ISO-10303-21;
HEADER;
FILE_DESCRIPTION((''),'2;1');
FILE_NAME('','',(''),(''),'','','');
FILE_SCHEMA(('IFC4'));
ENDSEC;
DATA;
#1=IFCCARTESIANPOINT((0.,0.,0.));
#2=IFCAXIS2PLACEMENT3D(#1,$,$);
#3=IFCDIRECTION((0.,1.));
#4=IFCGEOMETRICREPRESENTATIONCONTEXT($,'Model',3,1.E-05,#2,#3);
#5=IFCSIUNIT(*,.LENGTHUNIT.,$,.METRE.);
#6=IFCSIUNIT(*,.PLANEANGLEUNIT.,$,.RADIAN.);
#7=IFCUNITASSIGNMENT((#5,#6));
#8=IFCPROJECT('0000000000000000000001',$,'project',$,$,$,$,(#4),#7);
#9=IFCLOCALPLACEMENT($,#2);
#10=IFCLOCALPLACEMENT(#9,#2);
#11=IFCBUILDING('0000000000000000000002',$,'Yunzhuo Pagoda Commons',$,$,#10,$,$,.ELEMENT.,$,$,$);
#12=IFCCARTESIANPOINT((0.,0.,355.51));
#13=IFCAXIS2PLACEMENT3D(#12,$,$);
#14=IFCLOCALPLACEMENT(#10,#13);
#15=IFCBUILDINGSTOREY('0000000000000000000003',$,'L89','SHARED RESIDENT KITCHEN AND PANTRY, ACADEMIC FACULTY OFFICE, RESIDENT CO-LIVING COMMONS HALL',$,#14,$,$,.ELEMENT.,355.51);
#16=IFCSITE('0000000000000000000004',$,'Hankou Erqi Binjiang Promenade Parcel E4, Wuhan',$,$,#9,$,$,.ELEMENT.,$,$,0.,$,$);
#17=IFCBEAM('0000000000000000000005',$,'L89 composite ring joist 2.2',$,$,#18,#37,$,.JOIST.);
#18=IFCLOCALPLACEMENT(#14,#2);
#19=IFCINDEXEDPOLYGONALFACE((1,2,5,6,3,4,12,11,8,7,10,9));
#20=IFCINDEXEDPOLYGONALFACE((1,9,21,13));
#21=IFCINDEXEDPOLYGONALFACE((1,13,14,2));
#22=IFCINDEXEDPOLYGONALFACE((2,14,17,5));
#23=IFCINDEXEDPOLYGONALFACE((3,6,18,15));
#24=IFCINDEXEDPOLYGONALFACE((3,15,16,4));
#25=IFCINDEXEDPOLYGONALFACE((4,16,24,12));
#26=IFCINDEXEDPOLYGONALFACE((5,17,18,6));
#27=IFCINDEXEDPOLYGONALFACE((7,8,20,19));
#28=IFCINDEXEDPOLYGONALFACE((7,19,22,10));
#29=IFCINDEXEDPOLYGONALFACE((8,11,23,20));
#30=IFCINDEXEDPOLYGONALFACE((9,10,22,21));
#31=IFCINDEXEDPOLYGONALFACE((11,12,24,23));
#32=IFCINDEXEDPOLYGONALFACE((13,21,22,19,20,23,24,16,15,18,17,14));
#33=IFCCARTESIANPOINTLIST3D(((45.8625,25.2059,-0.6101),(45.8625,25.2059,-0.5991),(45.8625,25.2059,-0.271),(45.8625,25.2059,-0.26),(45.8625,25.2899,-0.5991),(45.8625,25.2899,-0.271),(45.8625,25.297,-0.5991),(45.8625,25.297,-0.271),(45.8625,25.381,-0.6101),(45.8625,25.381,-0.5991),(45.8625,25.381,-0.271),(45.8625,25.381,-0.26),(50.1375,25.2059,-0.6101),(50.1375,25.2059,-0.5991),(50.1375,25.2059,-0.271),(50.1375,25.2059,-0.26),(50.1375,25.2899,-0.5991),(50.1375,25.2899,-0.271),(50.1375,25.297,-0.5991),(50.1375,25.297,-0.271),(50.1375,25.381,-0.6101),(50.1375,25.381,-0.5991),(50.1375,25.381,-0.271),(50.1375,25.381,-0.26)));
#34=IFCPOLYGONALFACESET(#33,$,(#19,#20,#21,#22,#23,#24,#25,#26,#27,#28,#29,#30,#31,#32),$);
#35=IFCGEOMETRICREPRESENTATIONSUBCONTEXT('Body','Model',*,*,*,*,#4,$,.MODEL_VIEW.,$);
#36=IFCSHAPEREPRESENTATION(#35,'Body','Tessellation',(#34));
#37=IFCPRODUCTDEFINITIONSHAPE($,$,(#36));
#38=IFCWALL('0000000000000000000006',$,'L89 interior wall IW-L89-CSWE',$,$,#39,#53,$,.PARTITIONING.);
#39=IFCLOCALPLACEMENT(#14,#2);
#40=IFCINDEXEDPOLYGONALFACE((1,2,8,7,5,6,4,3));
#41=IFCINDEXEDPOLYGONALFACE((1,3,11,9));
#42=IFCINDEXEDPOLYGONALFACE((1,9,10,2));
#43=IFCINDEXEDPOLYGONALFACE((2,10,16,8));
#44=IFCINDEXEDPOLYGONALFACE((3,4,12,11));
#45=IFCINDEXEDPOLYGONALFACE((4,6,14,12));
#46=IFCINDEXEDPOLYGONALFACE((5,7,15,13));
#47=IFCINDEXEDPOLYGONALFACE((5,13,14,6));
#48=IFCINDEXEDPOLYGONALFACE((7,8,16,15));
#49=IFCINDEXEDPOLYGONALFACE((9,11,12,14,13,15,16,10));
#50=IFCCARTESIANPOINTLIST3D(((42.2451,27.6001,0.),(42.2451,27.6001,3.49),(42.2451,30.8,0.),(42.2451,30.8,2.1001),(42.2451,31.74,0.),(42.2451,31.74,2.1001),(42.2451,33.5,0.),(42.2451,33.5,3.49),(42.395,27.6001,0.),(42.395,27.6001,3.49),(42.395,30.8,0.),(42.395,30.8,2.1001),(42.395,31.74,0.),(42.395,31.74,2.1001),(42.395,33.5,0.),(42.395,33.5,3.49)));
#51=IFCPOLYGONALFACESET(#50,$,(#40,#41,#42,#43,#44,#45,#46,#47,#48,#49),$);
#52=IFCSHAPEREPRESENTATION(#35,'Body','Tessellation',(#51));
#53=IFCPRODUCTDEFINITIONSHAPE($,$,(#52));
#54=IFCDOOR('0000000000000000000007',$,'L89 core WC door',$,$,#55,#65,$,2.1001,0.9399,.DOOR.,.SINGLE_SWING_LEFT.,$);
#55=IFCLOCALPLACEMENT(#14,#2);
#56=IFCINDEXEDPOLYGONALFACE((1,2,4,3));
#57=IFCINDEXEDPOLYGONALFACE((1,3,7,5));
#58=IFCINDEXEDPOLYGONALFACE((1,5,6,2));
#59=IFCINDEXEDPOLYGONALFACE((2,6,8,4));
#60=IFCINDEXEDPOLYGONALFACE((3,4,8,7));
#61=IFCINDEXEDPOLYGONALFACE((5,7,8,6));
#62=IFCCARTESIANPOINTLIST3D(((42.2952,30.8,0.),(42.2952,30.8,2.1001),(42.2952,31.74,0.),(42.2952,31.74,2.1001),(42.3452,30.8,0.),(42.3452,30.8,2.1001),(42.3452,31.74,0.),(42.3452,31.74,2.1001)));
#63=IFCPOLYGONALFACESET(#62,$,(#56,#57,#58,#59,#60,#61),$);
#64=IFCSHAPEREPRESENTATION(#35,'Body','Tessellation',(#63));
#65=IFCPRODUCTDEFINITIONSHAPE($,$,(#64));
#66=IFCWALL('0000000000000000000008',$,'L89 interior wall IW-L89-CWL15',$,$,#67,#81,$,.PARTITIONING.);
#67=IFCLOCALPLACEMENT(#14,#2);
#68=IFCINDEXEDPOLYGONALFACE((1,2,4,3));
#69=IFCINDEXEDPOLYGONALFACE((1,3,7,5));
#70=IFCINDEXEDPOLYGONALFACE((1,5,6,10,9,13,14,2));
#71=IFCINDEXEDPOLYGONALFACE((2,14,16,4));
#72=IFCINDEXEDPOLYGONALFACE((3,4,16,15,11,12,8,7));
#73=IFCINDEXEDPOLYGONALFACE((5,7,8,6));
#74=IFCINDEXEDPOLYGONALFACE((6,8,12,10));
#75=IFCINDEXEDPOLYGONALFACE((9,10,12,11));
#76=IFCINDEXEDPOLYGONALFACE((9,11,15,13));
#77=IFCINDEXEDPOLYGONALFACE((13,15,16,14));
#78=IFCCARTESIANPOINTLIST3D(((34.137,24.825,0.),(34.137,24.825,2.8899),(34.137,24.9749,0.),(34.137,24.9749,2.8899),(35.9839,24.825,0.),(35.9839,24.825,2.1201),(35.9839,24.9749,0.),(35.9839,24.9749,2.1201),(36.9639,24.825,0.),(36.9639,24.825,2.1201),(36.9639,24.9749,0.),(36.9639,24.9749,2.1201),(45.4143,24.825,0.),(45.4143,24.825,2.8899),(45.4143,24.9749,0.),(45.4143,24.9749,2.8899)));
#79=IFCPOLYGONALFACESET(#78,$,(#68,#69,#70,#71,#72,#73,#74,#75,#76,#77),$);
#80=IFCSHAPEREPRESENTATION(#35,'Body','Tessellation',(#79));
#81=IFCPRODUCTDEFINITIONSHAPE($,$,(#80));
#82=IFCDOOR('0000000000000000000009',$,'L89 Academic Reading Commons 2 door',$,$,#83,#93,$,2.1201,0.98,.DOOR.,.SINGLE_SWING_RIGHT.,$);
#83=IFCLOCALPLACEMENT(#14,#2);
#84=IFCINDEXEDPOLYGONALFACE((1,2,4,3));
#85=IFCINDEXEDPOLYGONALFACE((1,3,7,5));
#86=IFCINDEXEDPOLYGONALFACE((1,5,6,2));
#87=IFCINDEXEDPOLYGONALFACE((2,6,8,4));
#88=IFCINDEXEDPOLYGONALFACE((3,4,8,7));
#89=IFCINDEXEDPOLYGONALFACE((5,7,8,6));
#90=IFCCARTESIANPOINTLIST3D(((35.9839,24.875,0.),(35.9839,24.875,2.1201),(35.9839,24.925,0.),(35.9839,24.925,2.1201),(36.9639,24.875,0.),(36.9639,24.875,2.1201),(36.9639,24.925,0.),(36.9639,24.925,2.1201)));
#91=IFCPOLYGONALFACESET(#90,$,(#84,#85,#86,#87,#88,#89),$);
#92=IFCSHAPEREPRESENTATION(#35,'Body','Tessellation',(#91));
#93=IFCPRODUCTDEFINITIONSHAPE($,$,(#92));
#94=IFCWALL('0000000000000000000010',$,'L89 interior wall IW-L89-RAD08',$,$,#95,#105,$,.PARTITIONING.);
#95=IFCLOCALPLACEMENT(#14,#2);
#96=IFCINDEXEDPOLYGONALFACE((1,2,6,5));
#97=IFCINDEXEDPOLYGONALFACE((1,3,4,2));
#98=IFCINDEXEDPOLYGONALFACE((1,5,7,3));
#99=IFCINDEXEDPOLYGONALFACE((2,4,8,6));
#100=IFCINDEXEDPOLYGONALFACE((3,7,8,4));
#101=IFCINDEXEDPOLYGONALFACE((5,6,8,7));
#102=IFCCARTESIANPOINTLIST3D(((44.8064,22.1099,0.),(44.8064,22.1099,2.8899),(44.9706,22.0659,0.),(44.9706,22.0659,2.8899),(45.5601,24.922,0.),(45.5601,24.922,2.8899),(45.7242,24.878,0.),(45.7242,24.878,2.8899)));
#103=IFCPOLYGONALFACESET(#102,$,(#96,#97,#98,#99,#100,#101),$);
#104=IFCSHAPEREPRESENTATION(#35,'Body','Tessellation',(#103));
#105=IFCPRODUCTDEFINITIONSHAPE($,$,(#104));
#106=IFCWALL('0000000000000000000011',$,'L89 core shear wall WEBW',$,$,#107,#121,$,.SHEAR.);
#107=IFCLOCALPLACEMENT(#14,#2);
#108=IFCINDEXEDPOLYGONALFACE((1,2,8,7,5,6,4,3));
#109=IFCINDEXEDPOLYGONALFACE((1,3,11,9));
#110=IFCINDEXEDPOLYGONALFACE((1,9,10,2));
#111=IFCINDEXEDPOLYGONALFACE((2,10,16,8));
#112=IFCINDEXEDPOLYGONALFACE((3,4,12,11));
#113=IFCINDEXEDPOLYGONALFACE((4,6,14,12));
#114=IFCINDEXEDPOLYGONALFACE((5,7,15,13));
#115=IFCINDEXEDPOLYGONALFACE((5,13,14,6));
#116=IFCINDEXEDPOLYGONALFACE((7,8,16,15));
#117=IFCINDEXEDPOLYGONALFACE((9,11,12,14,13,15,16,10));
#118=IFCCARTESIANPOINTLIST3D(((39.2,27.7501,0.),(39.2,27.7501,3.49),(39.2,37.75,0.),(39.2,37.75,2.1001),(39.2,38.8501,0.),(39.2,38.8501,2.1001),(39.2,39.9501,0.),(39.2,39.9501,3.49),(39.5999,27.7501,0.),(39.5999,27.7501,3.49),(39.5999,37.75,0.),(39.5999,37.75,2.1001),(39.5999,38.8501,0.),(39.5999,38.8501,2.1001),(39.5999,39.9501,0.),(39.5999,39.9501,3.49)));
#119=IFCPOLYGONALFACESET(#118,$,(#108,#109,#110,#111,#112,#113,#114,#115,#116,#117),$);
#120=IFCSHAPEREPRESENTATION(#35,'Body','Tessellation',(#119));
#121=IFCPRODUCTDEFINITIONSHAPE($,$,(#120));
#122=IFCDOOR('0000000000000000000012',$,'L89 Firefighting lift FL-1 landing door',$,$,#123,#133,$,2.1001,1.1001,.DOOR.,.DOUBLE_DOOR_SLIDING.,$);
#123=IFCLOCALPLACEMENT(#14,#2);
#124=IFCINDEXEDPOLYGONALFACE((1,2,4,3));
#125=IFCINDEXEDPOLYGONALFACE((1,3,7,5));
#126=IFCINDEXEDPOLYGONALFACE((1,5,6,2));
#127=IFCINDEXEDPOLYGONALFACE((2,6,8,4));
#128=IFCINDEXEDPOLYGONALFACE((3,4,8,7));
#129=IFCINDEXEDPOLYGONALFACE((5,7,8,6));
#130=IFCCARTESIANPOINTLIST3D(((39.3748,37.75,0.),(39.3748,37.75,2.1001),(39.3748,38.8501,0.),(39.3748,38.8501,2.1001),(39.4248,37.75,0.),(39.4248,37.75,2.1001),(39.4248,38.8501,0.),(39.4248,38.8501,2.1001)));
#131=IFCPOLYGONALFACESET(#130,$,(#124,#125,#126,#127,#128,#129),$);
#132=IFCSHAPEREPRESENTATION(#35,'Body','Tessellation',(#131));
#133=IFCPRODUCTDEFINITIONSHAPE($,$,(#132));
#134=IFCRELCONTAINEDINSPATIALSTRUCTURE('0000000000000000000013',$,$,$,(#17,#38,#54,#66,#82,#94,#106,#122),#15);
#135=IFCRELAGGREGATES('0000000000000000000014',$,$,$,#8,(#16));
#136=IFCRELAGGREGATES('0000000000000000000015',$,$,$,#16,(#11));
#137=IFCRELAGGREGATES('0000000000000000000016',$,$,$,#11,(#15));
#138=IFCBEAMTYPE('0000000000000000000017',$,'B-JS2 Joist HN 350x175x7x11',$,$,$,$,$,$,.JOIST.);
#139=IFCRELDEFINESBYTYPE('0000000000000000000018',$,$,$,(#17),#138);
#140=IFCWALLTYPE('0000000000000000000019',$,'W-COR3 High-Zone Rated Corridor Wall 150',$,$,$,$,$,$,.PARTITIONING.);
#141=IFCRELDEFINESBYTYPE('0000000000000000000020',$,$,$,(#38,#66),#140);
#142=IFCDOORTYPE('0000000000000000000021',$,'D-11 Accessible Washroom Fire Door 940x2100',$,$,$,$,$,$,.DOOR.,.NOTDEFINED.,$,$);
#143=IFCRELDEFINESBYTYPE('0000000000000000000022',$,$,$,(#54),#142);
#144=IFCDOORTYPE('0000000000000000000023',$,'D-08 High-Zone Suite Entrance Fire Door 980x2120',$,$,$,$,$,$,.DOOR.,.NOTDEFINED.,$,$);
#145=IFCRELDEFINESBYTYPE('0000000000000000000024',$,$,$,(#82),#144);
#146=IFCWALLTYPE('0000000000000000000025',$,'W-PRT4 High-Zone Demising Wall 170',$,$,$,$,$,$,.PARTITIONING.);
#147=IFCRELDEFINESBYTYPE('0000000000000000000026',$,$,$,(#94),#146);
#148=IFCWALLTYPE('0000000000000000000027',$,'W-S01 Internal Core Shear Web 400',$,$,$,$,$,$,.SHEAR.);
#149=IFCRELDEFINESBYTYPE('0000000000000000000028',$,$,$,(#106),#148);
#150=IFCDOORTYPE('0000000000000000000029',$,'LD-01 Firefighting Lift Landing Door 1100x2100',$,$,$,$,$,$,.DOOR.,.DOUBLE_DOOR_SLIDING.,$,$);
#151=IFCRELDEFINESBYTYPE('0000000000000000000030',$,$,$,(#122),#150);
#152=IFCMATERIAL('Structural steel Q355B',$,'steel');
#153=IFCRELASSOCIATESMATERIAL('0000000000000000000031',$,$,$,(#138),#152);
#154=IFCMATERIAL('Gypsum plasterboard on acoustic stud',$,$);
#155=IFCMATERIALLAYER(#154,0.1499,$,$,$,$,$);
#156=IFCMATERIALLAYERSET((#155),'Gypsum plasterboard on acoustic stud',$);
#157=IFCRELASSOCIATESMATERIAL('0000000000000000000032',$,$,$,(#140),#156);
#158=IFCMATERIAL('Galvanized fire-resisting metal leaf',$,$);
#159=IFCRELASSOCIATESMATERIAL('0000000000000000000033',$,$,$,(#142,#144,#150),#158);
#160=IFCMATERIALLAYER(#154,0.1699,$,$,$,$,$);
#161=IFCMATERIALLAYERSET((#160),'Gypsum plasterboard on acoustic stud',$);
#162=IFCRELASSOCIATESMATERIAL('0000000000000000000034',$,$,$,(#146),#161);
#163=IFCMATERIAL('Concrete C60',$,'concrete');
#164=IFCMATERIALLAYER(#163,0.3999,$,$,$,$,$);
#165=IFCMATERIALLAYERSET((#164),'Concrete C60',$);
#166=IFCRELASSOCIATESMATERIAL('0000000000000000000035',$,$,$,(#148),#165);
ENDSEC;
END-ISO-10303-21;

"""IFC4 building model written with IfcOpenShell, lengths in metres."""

from ifc_helpers import new_model, si_unit, direction, frame, frame_2d, origin, origin_with_axes, origin_2d, place, context, subcontext, project, spatial, rectangle, i_section, extrude, source, transform, mapped, material, layer, layer_set, material_profile, profile_set, type_object, element, fill, save


model = new_model("IFC4")

# Units and contexts
model_context = context("Model", 3, precision=1e-05, world=origin(), true_north=direction((0.0, 1.0)))
body_context = subcontext(model_context, "Body", "Model", "MODEL_VIEW")
ifc_project = project(units=[si_unit("LENGTHUNIT", "METRE"), si_unit("PLANEANGLEUNIT", "RADIAN")], contexts=[model_context])

# Site, building, storey
site_placement = place(None, origin())
site = spatial("IfcSite", under=ifc_project, at=site_placement, Name="Hankou Erqi Binjiang Promenade Parcel E4, Wuhan", CompositionType="ELEMENT", RefElevation=0.0)
building_placement = place(site_placement, origin())
building = spatial("IfcBuilding", under=site, at=building_placement, Name="Yunzhuo Pagoda Commons", CompositionType="ELEMENT")
storey_placement = place(building_placement, frame((0.0, 0.0, 355.51)))
storey = spatial("IfcBuildingStorey", under=building, at=storey_placement, Name="L89", Description="SHARED RESIDENT KITCHEN AND PANTRY, ACADEMIC FACULTY OFFICE, RESIDENT CO-LIVING COMMONS HALL", CompositionType="ELEMENT", Elevation=355.51)

# Shared definitions
ifc_material_1 = material(Name="Structural steel Q355B", Category="steel")

# Beam
ifc_material_profile_1 = material_profile(ifc_material_1, i_section(OverallWidth=0.175, OverallDepth=0.3501, WebThickness=0.0071, FlangeThickness=0.011, at=origin_2d()), Name="Structural steel Q355B")
ifc_profile_set_1 = profile_set([ifc_material_profile_1], Name="Structural steel Q355B")
beam_type_1 = type_object("IfcBeamType", Name="B-JS2 Joist HN 350x175x7x11", PredefinedType="JOIST", material=ifc_profile_set_1)
shared_shape_1 = source(origin(), body_context, "Body", "SweptSolid", [
    extrude(i_section(OverallWidth=0.175, OverallDepth=0.3501, WebThickness=0.0071, FlangeThickness=0.011, at=origin_2d()), origin(), (0.0, 0.0, 1.0), 4.2749),
])
beam_1_placement = place(storey_placement, frame((45.8625, 25.2935, -0.4351), z_axis=(1.0, 0.0, 0.0), x_axis=(0.0, 1.0, 0.0)))
element("IfcBeam", 1, at=beam_1_placement, inside=storey, type_object=beam_type_1, Name="L89 composite ring joist 2.2", PredefinedType="JOIST", context=body_context, shape_type="MappedRepresentation", body=[
    mapped(shared_shape_1, transform((0.0, 0.0, 0.0), scale=1.0)),
])

# Walls, openings, doors
ifc_material_2 = material(Name="Gypsum plasterboard on acoustic stud")
ifc_layer_1 = layer(ifc_material_2, 0.1499)
ifc_layer_set_1 = layer_set([ifc_layer_1], Name="Gypsum plasterboard on acoustic stud")
wall_type_1 = type_object("IfcWallType", Name="W-COR3 High-Zone Rated Corridor Wall 150", PredefinedType="PARTITIONING", material=ifc_layer_set_1)
wall_1_placement = place(storey_placement, frame((42.3201, 27.6001, 0.0), z_axis=(0.0, 0.0, 1.0), x_axis=(0.0, 1.0, 0.0)))
wall_1 = element("IfcWall", 2, at=wall_1_placement, inside=storey, type_object=wall_type_1, Name="L89 interior wall IW-L89-CSWE", PredefinedType="PARTITIONING", context=body_context, shape_type="SweptSolid", body=[
    extrude(rectangle(XDim=5.8999, YDim=0.1499, at=frame_2d((2.95, 0.0))), origin(), (0.0, 0.0, 1.0), 3.49),
])
opening_1_placement = place(wall_1_placement, frame((3.2, 0.0, 0.0)))
opening_1 = element("IfcOpeningElement", 3, at=opening_1_placement, cuts=wall_1, PredefinedType="OPENING", context=body_context, shape_type="SweptSolid", body=[
    extrude(rectangle(XDim=0.9399, YDim=2.1001, at=frame_2d((0.47, 1.05))), frame((0.0, 0.085, 0.0), z_axis=(0.0, -1.0, 0.0), x_axis=(1.0, 0.0, 0.0)), (0.0, 0.0, 1.0), 0.1699),
])
ifc_material_3 = material(Name="Galvanized fire-resisting metal leaf")
door_type_1 = type_object("IfcDoorType", Name="D-11 Accessible Washroom Fire Door 940x2100", OperationType="NOTDEFINED", PredefinedType="DOOR", material=ifc_material_3)
shared_shape_2 = source(origin(), body_context, "Body", "SweptSolid", [
    extrude(rectangle(XDim=0.9399, YDim=2.1001, at=frame_2d((0.47, 1.05))), frame((0.0, 0.0249, 0.0), z_axis=(0.0, -1.0, 0.0), x_axis=(1.0, 0.0, 0.0)), (0.0, 0.0, 1.0), 0.05),
])
door_1_placement = place(opening_1_placement, origin_with_axes())
door_1 = element("IfcDoor", 4, at=door_1_placement, inside=storey, type_object=door_type_1, Name="L89 core WC door", OperationType="SINGLE_SWING_LEFT", OverallHeight=2.1001, OverallWidth=0.9399, PredefinedType="DOOR", context=body_context, shape_type="MappedRepresentation", body=[
    mapped(shared_shape_2, transform((0.0, 0.0, 0.0), scale=1.0)),
])
fill(opening_1, door_1)
wall_2_placement = place(storey_placement, frame((45.4143, 24.8999, 0.0), z_axis=(0.0, 0.0, 1.0), x_axis=(-1.0, 0.0, 0.0)))
wall_2 = element("IfcWall", 5, at=wall_2_placement, inside=storey, type_object=wall_type_1, Name="L89 interior wall IW-L89-CWL15", PredefinedType="PARTITIONING", context=body_context, shape_type="SweptSolid", body=[
    extrude(rectangle(XDim=11.2773, YDim=0.1499, at=frame_2d((5.6387, 0.0))), origin(), (0.0, 0.0, 1.0), 2.8899),
])
opening_2_placement = place(wall_2_placement, frame((8.4504, 0.0, 0.0)))
opening_2 = element("IfcOpeningElement", 6, at=opening_2_placement, cuts=wall_2, PredefinedType="OPENING", context=body_context, shape_type="SweptSolid", body=[
    extrude(rectangle(XDim=0.98, YDim=2.1201, at=frame_2d((0.49, 1.0601))), frame((0.0, 0.085, 0.0), z_axis=(0.0, -1.0, 0.0), x_axis=(1.0, 0.0, 0.0)), (0.0, 0.0, 1.0), 0.1699),
])
door_type_2 = type_object("IfcDoorType", Name="D-08 High-Zone Suite Entrance Fire Door 980x2120", OperationType="NOTDEFINED", PredefinedType="DOOR", material=ifc_material_3)
shared_shape_3 = source(origin(), body_context, "Body", "SweptSolid", [
    extrude(rectangle(XDim=0.98, YDim=2.1201, at=frame_2d((0.49, 1.0601))), frame((0.0, 0.0249, 0.0), z_axis=(0.0, -1.0, 0.0), x_axis=(1.0, 0.0, 0.0)), (0.0, 0.0, 1.0), 0.05),
])
door_2_placement = place(opening_2_placement, origin_with_axes())
door_2 = element("IfcDoor", 7, at=door_2_placement, inside=storey, type_object=door_type_2, Name="L89 Academic Reading Commons 2 door", OperationType="SINGLE_SWING_RIGHT", OverallHeight=2.1201, OverallWidth=0.98, PredefinedType="DOOR", context=body_context, shape_type="MappedRepresentation", body=[
    mapped(shared_shape_3, transform((0.0, 0.0, 0.0), scale=1.0)),
])
fill(opening_2, door_2)

# Wall
ifc_layer_2 = layer(ifc_material_2, 0.1699)
ifc_layer_set_2 = layer_set([ifc_layer_2], Name="Gypsum plasterboard on acoustic stud")
wall_type_2 = type_object("IfcWallType", Name="W-PRT4 High-Zone Demising Wall 170", PredefinedType="PARTITIONING", material=ifc_layer_set_2)
wall_3_placement = place(storey_placement, frame((45.6421, 24.8999, 0.0), z_axis=(0.0, 0.0, 1.0), x_axis=(-0.258858, -0.965915, 0.0)))
element("IfcWall", 8, at=wall_3_placement, inside=storey, type_object=wall_type_2, Name="L89 interior wall IW-L89-RAD08", PredefinedType="PARTITIONING", context=body_context, shape_type="SweptSolid", body=[
    extrude(rectangle(XDim=2.9114, YDim=0.1699, at=frame_2d((1.4556, 0.0))), origin(), (0.0, 0.0, 1.0), 2.8899),
])

# Wall, opening, door
ifc_material_4 = material(Name="Concrete C60", Category="concrete")
ifc_layer_3 = layer(ifc_material_4, 0.3999)
ifc_layer_set_3 = layer_set([ifc_layer_3], Name="Concrete C60")
wall_type_3 = type_object("IfcWallType", Name="W-S01 Internal Core Shear Web 400", PredefinedType="SHEAR", material=ifc_layer_set_3)
wall_4_placement = place(storey_placement, frame((39.3999, 27.75, 0.0), z_axis=(0.0, 0.0, 1.0), x_axis=(0.0, 1.0, 0.0)))
wall_4 = element("IfcWall", 9, at=wall_4_placement, inside=storey, type_object=wall_type_3, Name="L89 core shear wall WEBW", PredefinedType="SHEAR", context=body_context, shape_type="SweptSolid", body=[
    extrude(rectangle(XDim=12.2, YDim=0.3999, at=frame_2d((6.1001, 0.0))), origin(), (0.0, 0.0, 1.0), 3.49),
])
opening_3_placement = place(wall_4_placement, frame((10.0, 0.0, 0.0)))
opening_3 = element("IfcOpeningElement", 10, at=opening_3_placement, cuts=wall_4, PredefinedType="OPENING", context=body_context, shape_type="SweptSolid", body=[
    extrude(rectangle(XDim=1.1001, YDim=2.1001, at=frame_2d((0.55, 1.05))), frame((0.0, 0.21, 0.0), z_axis=(0.0, -1.0, 0.0), x_axis=(1.0, 0.0, 0.0)), (0.0, 0.0, 1.0), 0.4199),
])
door_type_3 = type_object("IfcDoorType", Name="LD-01 Firefighting Lift Landing Door 1100x2100", OperationType="DOUBLE_DOOR_SLIDING", PredefinedType="DOOR", material=ifc_material_3)
shared_shape_4 = source(origin(), body_context, "Body", "SweptSolid", [
    extrude(rectangle(XDim=1.1001, YDim=2.1001, at=frame_2d((0.55, 1.05))), frame((0.0, 0.0249, 0.0), z_axis=(0.0, -1.0, 0.0), x_axis=(1.0, 0.0, 0.0)), (0.0, 0.0, 1.0), 0.05),
])
door_3_placement = place(opening_3_placement, frame((1.1001, 0.0, 0.0), z_axis=(0.0, 0.0, 1.0), x_axis=(-1.0, 0.0, 0.0)))
door_3 = element("IfcDoor", 11, at=door_3_placement, inside=storey, type_object=door_type_3, Name="L89 Firefighting lift FL-1 landing door", OperationType="DOUBLE_DOOR_SLIDING", OverallHeight=2.1001, OverallWidth=1.1001, PredefinedType="DOOR", context=body_context, shape_type="MappedRepresentation", body=[
    mapped(shared_shape_4, transform((0.0, 0.0, 0.0), scale=1.0)),
])
fill(opening_3, door_3)

save(model, "model.ifc")
